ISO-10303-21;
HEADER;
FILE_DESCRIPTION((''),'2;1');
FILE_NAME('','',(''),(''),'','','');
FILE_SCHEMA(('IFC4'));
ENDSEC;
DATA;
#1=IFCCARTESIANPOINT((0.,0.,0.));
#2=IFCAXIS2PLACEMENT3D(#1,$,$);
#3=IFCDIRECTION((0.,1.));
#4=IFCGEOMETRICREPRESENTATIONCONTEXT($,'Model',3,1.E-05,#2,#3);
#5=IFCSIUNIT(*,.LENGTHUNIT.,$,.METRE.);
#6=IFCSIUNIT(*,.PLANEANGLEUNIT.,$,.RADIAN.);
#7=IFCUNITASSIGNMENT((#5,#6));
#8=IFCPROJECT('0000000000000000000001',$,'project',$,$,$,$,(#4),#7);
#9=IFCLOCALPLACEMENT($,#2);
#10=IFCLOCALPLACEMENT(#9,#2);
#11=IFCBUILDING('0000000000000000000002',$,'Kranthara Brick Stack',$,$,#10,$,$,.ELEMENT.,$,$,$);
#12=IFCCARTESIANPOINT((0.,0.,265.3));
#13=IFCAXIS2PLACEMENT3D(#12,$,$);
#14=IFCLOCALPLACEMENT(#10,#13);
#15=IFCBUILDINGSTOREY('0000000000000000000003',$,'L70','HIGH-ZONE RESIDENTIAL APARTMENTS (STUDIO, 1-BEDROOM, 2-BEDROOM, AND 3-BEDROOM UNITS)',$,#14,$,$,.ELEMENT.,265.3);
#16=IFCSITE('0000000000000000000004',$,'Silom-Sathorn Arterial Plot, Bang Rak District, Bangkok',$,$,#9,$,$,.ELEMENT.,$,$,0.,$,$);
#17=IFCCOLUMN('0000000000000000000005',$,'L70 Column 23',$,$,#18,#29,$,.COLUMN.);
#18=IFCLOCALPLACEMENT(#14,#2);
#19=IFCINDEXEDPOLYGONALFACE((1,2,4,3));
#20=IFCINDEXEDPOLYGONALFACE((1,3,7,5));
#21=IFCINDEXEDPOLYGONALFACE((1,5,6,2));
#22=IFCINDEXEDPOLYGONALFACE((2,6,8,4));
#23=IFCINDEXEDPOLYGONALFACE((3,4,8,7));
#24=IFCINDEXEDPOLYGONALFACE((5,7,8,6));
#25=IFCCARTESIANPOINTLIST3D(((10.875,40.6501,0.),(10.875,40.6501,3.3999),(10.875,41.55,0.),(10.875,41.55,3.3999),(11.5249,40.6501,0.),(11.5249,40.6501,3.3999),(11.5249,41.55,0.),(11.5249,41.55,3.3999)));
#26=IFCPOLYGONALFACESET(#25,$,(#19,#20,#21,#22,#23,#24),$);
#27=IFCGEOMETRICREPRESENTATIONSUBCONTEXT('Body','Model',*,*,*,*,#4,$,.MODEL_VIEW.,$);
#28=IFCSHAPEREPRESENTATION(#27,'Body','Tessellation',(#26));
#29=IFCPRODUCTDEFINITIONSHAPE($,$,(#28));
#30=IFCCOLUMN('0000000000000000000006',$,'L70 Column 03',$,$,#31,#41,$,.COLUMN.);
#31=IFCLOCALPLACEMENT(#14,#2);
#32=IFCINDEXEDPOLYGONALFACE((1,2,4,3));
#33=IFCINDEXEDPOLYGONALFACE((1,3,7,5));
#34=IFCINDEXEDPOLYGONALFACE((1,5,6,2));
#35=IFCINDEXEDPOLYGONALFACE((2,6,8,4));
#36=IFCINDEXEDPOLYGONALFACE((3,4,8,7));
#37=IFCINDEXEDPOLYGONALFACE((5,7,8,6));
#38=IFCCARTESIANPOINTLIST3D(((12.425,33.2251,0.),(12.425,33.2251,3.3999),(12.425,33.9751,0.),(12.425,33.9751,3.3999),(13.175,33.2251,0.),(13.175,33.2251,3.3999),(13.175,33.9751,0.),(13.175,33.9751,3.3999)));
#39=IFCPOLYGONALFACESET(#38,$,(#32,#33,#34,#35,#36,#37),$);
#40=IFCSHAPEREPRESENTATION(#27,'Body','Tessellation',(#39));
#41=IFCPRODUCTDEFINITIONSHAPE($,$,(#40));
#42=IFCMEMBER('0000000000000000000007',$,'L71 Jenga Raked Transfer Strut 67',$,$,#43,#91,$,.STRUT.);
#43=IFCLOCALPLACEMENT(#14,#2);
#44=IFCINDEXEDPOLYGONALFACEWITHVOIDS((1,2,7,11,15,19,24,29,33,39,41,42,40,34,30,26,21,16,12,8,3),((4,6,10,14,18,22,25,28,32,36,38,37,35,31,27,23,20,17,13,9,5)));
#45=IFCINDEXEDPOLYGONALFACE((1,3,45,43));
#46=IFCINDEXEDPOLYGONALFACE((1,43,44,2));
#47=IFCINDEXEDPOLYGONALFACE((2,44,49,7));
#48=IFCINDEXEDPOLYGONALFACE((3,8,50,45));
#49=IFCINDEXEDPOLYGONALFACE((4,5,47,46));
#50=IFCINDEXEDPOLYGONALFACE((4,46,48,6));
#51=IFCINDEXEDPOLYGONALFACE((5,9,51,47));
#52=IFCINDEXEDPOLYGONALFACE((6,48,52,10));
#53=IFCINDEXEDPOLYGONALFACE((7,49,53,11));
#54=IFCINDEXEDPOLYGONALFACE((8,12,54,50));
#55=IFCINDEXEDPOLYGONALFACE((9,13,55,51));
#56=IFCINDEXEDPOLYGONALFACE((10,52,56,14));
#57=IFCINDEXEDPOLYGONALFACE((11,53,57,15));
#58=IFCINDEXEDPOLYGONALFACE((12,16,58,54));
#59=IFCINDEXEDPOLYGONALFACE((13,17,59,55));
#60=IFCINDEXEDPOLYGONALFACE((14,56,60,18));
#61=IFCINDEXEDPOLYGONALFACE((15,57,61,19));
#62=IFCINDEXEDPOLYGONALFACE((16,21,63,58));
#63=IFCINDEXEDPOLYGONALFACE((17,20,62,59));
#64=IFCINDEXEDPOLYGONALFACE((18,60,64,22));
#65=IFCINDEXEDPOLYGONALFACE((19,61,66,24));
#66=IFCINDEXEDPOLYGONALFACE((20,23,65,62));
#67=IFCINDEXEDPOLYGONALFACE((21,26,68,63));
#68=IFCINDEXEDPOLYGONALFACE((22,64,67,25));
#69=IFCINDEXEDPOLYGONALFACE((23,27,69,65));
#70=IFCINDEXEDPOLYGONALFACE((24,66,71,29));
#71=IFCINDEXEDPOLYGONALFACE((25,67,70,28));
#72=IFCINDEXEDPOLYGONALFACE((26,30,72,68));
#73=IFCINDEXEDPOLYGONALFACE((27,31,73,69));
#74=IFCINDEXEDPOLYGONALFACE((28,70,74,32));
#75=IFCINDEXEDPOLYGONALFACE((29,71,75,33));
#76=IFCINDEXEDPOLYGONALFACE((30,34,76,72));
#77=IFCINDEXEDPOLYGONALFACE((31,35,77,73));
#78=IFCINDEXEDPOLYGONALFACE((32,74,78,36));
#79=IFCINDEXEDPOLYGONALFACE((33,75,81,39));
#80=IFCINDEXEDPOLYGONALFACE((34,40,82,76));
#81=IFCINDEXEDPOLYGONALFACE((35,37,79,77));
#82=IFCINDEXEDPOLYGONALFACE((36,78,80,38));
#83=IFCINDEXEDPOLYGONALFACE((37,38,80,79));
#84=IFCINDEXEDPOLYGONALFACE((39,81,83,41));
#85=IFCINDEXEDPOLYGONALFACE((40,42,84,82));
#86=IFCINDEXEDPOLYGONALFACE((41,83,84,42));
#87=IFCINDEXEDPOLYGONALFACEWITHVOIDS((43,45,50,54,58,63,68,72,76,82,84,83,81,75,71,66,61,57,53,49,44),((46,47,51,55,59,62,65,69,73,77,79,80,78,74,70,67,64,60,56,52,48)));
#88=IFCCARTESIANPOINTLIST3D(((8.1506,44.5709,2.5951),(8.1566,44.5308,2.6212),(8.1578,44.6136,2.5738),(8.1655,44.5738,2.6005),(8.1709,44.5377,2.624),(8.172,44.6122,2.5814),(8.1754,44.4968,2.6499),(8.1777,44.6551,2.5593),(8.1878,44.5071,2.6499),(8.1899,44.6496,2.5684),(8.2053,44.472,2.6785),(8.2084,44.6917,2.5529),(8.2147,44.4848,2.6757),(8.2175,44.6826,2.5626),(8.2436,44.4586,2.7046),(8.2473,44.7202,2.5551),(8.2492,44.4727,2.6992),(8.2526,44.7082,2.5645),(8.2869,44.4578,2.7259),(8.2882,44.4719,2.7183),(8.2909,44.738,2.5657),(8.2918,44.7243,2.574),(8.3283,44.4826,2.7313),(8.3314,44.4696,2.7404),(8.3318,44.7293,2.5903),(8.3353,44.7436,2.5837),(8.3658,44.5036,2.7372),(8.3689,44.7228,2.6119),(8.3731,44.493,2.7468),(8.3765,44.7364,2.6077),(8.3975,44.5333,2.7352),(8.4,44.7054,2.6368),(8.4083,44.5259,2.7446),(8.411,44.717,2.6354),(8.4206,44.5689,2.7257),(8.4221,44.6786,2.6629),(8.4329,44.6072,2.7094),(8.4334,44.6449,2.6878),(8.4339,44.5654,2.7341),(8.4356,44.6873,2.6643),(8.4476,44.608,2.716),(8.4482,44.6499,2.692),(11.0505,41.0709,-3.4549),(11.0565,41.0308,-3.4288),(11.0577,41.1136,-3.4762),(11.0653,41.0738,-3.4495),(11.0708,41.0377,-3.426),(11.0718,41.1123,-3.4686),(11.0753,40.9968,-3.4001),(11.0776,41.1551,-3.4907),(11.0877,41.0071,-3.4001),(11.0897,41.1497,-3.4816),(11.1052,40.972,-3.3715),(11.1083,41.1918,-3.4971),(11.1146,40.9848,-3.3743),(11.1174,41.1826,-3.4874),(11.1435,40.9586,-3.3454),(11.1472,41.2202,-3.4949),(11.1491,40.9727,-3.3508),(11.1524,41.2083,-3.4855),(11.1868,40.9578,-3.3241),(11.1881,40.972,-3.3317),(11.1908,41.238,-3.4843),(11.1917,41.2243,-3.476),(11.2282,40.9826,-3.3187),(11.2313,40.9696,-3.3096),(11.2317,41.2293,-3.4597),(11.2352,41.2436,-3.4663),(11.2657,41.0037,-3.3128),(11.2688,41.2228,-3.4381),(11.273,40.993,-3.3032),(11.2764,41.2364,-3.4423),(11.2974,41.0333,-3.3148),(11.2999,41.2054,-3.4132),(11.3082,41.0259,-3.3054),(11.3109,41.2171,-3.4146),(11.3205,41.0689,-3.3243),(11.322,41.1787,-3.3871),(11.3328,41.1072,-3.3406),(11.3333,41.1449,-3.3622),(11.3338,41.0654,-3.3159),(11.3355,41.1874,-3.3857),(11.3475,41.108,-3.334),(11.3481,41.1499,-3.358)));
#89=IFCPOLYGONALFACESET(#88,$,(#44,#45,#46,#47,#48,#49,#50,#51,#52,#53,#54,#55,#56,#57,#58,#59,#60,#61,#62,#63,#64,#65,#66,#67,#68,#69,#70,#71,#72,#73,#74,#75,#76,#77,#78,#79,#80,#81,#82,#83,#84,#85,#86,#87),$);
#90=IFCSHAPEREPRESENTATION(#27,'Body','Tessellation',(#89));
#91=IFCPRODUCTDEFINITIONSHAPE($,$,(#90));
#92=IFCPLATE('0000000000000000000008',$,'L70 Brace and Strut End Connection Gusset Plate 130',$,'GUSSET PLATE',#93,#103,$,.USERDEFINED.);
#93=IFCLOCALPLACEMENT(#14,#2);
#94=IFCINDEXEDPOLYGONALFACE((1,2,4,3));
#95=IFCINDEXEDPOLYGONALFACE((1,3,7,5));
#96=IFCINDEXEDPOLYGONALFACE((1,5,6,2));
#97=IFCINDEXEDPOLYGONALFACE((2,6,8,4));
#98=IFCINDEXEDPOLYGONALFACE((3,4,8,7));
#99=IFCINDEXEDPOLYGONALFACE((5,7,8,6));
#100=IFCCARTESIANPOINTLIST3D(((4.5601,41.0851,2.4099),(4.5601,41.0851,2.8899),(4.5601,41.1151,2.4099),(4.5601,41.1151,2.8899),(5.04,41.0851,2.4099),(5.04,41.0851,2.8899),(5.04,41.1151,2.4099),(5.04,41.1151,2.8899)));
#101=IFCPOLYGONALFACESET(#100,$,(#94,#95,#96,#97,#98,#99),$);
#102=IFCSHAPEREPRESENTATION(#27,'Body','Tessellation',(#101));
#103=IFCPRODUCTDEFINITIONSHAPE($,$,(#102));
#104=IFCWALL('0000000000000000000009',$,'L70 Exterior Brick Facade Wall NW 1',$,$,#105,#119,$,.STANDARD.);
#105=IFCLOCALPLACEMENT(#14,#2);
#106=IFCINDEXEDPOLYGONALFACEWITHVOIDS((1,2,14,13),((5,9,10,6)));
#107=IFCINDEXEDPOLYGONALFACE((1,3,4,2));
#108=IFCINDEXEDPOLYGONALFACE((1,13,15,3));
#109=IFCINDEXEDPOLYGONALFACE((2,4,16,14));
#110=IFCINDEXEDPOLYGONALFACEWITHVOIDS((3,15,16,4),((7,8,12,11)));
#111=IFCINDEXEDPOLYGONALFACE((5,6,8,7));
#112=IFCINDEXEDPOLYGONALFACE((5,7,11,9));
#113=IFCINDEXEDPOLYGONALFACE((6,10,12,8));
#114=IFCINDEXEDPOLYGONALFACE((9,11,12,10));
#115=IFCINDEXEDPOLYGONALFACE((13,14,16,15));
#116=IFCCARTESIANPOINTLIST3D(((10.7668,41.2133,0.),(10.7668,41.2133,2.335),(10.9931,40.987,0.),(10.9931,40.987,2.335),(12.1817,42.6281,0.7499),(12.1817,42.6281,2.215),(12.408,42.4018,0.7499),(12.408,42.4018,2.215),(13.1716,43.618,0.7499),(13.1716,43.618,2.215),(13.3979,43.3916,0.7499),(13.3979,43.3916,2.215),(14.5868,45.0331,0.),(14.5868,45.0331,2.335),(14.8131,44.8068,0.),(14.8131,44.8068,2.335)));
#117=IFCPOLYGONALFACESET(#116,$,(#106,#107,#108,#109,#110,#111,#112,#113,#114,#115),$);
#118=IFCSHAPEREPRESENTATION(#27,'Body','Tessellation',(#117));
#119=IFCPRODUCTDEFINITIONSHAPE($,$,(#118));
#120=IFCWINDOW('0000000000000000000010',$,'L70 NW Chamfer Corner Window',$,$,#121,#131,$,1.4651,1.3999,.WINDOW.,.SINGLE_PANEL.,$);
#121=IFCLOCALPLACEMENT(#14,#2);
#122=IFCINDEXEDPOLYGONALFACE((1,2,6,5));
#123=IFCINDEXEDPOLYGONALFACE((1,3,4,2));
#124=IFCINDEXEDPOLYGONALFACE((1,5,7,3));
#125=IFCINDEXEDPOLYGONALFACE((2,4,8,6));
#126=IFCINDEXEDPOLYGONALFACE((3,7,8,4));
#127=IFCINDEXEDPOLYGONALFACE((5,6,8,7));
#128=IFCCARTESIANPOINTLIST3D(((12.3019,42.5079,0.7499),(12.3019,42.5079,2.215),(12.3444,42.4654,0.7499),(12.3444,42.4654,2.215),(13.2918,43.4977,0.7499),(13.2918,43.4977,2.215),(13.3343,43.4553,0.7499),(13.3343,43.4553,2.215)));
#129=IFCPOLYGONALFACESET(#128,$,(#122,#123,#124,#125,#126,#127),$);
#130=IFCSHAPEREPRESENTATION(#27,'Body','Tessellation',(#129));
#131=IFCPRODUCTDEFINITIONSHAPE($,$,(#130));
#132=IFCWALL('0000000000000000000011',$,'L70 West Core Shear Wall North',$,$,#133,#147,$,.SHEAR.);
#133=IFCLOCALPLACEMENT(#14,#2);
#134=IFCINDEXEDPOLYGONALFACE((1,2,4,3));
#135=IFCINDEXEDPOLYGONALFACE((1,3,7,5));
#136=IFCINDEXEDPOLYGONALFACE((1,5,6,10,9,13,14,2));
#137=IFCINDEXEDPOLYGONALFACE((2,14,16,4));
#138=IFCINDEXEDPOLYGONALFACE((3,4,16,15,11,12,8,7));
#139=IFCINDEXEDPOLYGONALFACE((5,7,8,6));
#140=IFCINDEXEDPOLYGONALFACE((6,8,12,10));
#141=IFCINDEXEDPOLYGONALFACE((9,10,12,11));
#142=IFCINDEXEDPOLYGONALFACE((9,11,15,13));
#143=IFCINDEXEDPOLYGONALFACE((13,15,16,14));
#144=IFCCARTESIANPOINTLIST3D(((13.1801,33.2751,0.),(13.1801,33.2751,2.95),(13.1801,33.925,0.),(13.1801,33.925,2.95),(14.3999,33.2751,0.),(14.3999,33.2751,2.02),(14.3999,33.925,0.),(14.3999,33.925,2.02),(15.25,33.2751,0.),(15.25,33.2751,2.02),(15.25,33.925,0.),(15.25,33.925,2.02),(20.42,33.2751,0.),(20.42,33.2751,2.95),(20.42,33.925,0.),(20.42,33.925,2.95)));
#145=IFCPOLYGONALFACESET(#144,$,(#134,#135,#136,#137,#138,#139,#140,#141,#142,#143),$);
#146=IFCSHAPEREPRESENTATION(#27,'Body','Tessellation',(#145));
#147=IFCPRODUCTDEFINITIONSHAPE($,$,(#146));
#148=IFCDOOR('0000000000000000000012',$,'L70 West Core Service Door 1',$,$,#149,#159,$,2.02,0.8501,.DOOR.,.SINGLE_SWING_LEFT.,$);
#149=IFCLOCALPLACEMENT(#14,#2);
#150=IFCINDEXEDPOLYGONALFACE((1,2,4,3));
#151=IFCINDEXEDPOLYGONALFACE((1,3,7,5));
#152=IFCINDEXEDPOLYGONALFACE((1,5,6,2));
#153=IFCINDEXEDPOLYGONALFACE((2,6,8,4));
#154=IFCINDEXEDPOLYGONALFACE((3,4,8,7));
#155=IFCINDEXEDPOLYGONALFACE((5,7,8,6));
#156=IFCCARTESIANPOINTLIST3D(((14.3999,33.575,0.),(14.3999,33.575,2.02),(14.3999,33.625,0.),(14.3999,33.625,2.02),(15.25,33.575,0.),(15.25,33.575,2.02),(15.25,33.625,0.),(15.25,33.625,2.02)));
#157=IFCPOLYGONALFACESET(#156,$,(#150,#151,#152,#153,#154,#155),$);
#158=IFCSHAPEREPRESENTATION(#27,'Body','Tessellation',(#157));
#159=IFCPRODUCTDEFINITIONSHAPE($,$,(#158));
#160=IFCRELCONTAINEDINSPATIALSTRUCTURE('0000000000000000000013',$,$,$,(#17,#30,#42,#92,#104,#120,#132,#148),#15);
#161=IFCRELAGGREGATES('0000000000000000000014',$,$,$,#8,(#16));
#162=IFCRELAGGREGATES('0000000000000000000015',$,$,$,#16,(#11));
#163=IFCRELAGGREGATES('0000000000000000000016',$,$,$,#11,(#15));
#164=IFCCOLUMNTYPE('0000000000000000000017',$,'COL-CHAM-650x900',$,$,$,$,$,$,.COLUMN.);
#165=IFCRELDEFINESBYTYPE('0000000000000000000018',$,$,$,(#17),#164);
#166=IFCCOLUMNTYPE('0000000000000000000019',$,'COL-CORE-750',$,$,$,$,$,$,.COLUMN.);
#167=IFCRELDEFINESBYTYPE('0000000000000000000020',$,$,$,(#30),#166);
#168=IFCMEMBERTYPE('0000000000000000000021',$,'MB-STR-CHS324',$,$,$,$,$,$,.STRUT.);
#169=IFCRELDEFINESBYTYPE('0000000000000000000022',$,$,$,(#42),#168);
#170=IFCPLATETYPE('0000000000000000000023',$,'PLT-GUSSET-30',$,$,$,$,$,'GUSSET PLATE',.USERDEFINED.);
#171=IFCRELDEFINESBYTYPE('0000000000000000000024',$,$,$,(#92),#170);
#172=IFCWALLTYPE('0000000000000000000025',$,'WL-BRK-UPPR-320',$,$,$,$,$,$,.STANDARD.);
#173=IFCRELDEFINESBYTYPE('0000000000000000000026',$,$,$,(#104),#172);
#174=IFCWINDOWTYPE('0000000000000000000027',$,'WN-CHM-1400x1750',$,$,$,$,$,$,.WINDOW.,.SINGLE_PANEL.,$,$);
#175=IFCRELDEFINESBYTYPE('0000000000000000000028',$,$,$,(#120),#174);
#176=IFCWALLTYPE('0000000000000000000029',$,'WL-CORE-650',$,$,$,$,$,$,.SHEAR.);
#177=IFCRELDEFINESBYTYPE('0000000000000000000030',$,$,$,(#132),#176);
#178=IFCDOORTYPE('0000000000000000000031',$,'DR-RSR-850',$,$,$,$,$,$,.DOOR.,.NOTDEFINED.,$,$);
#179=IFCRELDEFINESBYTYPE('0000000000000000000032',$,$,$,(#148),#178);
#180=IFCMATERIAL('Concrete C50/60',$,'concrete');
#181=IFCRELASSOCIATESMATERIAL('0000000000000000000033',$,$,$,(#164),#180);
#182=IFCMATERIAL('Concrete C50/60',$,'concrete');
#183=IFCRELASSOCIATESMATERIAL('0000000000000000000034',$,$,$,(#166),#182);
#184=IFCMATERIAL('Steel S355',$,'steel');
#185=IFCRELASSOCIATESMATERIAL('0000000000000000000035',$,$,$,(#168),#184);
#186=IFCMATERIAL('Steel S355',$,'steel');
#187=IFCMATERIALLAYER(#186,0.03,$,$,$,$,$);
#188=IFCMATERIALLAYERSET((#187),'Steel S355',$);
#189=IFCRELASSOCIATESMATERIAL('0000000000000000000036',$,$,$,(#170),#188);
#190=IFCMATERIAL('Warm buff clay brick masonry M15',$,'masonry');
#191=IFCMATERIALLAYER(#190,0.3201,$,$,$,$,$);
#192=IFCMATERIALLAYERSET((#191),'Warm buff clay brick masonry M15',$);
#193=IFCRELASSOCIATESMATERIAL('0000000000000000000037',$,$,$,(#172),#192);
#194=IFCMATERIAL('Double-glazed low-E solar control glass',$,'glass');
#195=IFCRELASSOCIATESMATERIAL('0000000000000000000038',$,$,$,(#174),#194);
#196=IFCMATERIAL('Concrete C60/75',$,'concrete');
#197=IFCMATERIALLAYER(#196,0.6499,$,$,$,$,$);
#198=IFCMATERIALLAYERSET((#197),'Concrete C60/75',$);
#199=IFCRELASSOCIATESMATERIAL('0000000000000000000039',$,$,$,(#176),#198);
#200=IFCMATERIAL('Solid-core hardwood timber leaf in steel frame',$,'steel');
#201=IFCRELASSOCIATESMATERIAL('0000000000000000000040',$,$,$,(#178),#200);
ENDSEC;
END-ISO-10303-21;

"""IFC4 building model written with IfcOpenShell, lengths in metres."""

from ifc_helpers import new_model, si_unit, direction, frame, frame_2d, origin, origin_2d, place, context, subcontext, project, spatial, rectangle, hollow_circle, extrude, material, layer, layer_set, material_profile, profile_set, type_object, element, fill, save


model = new_model("IFC4")

# Units and contexts
model_context = context("Model", 3, precision=1e-05, world=origin(), true_north=direction((0.0, 1.0)))
body_context = subcontext(model_context, "Body", "Model", "MODEL_VIEW")
ifc_project = project(units=[si_unit("LENGTHUNIT", "METRE"), si_unit("PLANEANGLEUNIT", "RADIAN")], contexts=[model_context])

# Site, building, storey
site_placement = place(None, origin())
site = spatial("IfcSite", under=ifc_project, at=site_placement, Name="Silom-Sathorn Arterial Plot, Bang Rak District, Bangkok", CompositionType="ELEMENT", RefElevation=0.0)
building_placement = place(site_placement, origin())
building = spatial("IfcBuilding", under=site, at=building_placement, Name="Kranthara Brick Stack", CompositionType="ELEMENT")
storey_placement = place(building_placement, frame((0.0, 0.0, 265.3)))
storey = spatial("IfcBuildingStorey", under=building, at=storey_placement, Name="L70", Description="HIGH-ZONE RESIDENTIAL APARTMENTS (STUDIO, 1-BEDROOM, 2-BEDROOM, AND 3-BEDROOM UNITS)", CompositionType="ELEMENT", Elevation=265.3)

# Columns
ifc_material_1 = material(Name="Concrete C50/60", Category="concrete")
ifc_material_profile_1 = material_profile(ifc_material_1, rectangle(XDim=0.6499, YDim=0.8999, at=origin_2d()), Name="RC 650x900")
ifc_profile_set_1 = profile_set([ifc_material_profile_1], Name="Concrete C50/60")
column_type_1 = type_object("IfcColumnType", Name="COL-CHAM-650x900", PredefinedType="COLUMN", material=ifc_profile_set_1)
column_1_placement = place(storey_placement, frame((11.2, 41.1001, 0.0), z_axis=(0.0, 0.0, 1.0), x_axis=(1.0, 0.0, 0.0)))
element("IfcColumn", 1, at=column_1_placement, inside=storey, type_object=column_type_1, Name="L70 Column 23", PredefinedType="COLUMN", context=body_context, shape_type="SweptSolid", body=[
    extrude(rectangle(XDim=0.6499, YDim=0.8999, at=origin_2d()), origin(), (0.0, 0.0, 1.0), 3.3999),
])
ifc_material_2 = material(Name="Concrete C50/60", Category="concrete")
ifc_material_profile_2 = material_profile(ifc_material_2, rectangle(XDim=0.75, YDim=0.75, at=origin_2d()), Name="RC 750x750")
ifc_profile_set_2 = profile_set([ifc_material_profile_2], Name="Concrete C50/60")
column_type_2 = type_object("IfcColumnType", Name="COL-CORE-750", PredefinedType="COLUMN", material=ifc_profile_set_2)
column_2_placement = place(storey_placement, frame((12.8, 33.6001, 0.0), z_axis=(0.0, 0.0, 1.0), x_axis=(1.0, 0.0, 0.0)))
element("IfcColumn", 2, at=column_2_placement, inside=storey, type_object=column_type_2, Name="L70 Column 03", PredefinedType="COLUMN", context=body_context, shape_type="SweptSolid", body=[
    extrude(rectangle(XDim=0.75, YDim=0.75, at=origin_2d()), origin(), (0.0, 0.0, 1.0), 3.3999),
])

# Member
ifc_material_3 = material(Name="Steel S355", Category="steel")
ifc_material_profile_3 = material_profile(ifc_material_3, hollow_circle(Radius=0.1619, WallThickness=0.0161, at=origin_2d()), Name="CHS 323.9x16")
ifc_profile_set_3 = profile_set([ifc_material_profile_3], Name="Steel S355")
member_type = type_object("IfcMemberType", Name="MB-STR-CHS324", PredefinedType="STRUT", material=ifc_profile_set_3)
member_placement = place(storey_placement, frame((11.2, 41.1001, -3.4001), z_axis=(-0.38322, 0.462522, 0.79951), x_axis=(-0.770032, -0.638005, 0.0)))
element("IfcMember", 3, at=member_placement, inside=storey, type_object=member_type, Name="L71 Jenga Raked Transfer Strut 67", PredefinedType="STRUT", context=body_context, shape_type="SweptSolid", body=[
    extrude(hollow_circle(Radius=0.1619, WallThickness=0.0161, at=origin_2d()), origin(), (0.0, 0.0, 1.0), 7.5671),
])

# Plate
ifc_material_4 = material(Name="Steel S355", Category="steel")
ifc_layer_1 = layer(ifc_material_4, 0.03)
ifc_layer_set_1 = layer_set([ifc_layer_1], Name="Steel S355")
plate_type = type_object("IfcPlateType", Name="PLT-GUSSET-30", ElementType="GUSSET PLATE", PredefinedType="USERDEFINED", material=ifc_layer_set_1)
plate_placement = place(storey_placement, frame((4.8, 41.1001, 2.4099), z_axis=(0.0, 0.0, 1.0), x_axis=(1.0, 0.0, 0.0)))
element("IfcPlate", 4, at=plate_placement, inside=storey, type_object=plate_type, Name="L70 Brace and Strut End Connection Gusset Plate 130", ObjectType="GUSSET PLATE", PredefinedType="USERDEFINED", context=body_context, shape_type="SweptSolid", body=[
    extrude(rectangle(XDim=0.48, YDim=0.03, at=origin_2d()), origin(), (0.0, 0.0, 1.0), 0.48),
])

# Wall, opening, window
ifc_material_5 = material(Name="Warm buff clay brick masonry M15", Category="masonry")
ifc_layer_2 = layer(ifc_material_5, 0.3201)
ifc_layer_set_2 = layer_set([ifc_layer_2], Name="Warm buff clay brick masonry M15")
wall_type_1 = type_object("IfcWallType", Name="WL-BRK-UPPR-320", PredefinedType="STANDARD", material=ifc_layer_set_2)
wall_1_placement = place(storey_placement, frame((10.8799, 41.1001, 0.0), z_axis=(0.0, 0.0, 1.0), x_axis=(0.707129, 0.707084, 0.0)))
wall_1 = element("IfcWall", 5, at=wall_1_placement, inside=storey, type_object=wall_type_1, Name="L70 Exterior Brick Facade Wall NW 1", PredefinedType="STANDARD", context=body_context, shape_type="SweptSolid", body=[
    extrude(rectangle(XDim=5.4021, YDim=0.3201, at=frame_2d((2.7012, 0.0))), origin(), (0.0, 0.0, 1.0), 2.335),
])
opening_1_placement = place(wall_1_placement, frame((2.001, 0.0, 0.75)))
opening_1 = element("IfcOpeningElement", 6, at=opening_1_placement, cuts=wall_1, PredefinedType="OPENING", context=body_context, shape_type="SweptSolid", body=[
    extrude(rectangle(XDim=1.3999, YDim=1.4651, at=frame_2d((0.7, 0.7324))), frame((0.0, 0.1699, 0.0), z_axis=(0.0, -1.0, 0.0), x_axis=(1.0, 0.0, 0.0)), (0.0, 0.0, 1.0), 0.3401),
])
ifc_material_6 = material(Name="Double-glazed low-E solar control glass", Category="glass")
window_type = type_object("IfcWindowType", Name="WN-CHM-1400x1750", PartitioningType="SINGLE_PANEL", PredefinedType="WINDOW", material=ifc_material_6)
window_placement = place(opening_1_placement, origin())
window = element("IfcWindow", 7, at=window_placement, inside=storey, type_object=window_type, Name="L70 NW Chamfer Corner Window", OverallHeight=1.4651, OverallWidth=1.3999, PartitioningType="SINGLE_PANEL", PredefinedType="WINDOW", context=body_context, shape_type="SweptSolid", body=[
    extrude(rectangle(XDim=1.3999, YDim=1.4651, at=frame_2d((0.7, 0.7324))), frame((0.0, -0.01, 0.0), z_axis=(0.0, -1.0, 0.0), x_axis=(1.0, 0.0, 0.0)), (0.0, 0.0, 1.0), 0.0601),
])
fill(opening_1, window)

# Wall, opening, door
ifc_material_7 = material(Name="Concrete C60/75", Category="concrete")
ifc_layer_3 = layer(ifc_material_7, 0.6499)
ifc_layer_set_3 = layer_set([ifc_layer_3], Name="Concrete C60/75")
wall_type_2 = type_object("IfcWallType", Name="WL-CORE-650", PredefinedType="SHEAR", material=ifc_layer_set_3)
wall_2_placement = place(storey_placement, frame((13.1799, 33.6001, 0.0), z_axis=(0.0, 0.0, 1.0), x_axis=(1.0, 0.0, 0.0)))
wall_2 = element("IfcWall", 8, at=wall_2_placement, inside=storey, type_object=wall_type_2, Name="L70 West Core Shear Wall North", PredefinedType="SHEAR", context=body_context, shape_type="SweptSolid", body=[
    extrude(rectangle(XDim=7.24, YDim=0.6499, at=frame_2d((3.6201, 0.0))), origin(), (0.0, 0.0, 1.0), 2.95),
])
opening_2_placement = place(wall_2_placement, frame((1.22, 0.0, 0.0)))
opening_2 = element("IfcOpeningElement", 9, at=opening_2_placement, cuts=wall_2, PredefinedType="OPENING", context=body_context, shape_type="SweptSolid", body=[
    extrude(rectangle(XDim=0.8501, YDim=2.02, at=frame_2d((0.425, 1.01))), frame((0.0, 0.335, 0.0), z_axis=(0.0, -1.0, 0.0), x_axis=(1.0, 0.0, 0.0)), (0.0, 0.0, 1.0), 0.6699),
])
ifc_material_8 = material(Name="Solid-core hardwood timber leaf in steel frame", Category="steel")
door_type_1 = type_object("IfcDoorType", Name="DR-RSR-850", OperationType="NOTDEFINED", PredefinedType="DOOR", material=ifc_material_8)
door_1_placement = place(opening_2_placement, origin())
door_1 = element("IfcDoor", 10, at=door_1_placement, inside=storey, type_object=door_type_1, Name="L70 West Core Service Door 1", OperationType="SINGLE_SWING_LEFT", OverallHeight=2.02, OverallWidth=0.8501, PredefinedType="DOOR", context=body_context, shape_type="SweptSolid", body=[
    extrude(rectangle(XDim=0.8501, YDim=2.02, at=frame_2d((0.425, 1.01))), frame((0.0, 0.0249, 0.0), z_axis=(0.0, -1.0, 0.0), x_axis=(1.0, 0.0, 0.0)), (0.0, 0.0, 1.0), 0.05),
])
fill(opening_2, door_1)

save(model, "model.ifc")
